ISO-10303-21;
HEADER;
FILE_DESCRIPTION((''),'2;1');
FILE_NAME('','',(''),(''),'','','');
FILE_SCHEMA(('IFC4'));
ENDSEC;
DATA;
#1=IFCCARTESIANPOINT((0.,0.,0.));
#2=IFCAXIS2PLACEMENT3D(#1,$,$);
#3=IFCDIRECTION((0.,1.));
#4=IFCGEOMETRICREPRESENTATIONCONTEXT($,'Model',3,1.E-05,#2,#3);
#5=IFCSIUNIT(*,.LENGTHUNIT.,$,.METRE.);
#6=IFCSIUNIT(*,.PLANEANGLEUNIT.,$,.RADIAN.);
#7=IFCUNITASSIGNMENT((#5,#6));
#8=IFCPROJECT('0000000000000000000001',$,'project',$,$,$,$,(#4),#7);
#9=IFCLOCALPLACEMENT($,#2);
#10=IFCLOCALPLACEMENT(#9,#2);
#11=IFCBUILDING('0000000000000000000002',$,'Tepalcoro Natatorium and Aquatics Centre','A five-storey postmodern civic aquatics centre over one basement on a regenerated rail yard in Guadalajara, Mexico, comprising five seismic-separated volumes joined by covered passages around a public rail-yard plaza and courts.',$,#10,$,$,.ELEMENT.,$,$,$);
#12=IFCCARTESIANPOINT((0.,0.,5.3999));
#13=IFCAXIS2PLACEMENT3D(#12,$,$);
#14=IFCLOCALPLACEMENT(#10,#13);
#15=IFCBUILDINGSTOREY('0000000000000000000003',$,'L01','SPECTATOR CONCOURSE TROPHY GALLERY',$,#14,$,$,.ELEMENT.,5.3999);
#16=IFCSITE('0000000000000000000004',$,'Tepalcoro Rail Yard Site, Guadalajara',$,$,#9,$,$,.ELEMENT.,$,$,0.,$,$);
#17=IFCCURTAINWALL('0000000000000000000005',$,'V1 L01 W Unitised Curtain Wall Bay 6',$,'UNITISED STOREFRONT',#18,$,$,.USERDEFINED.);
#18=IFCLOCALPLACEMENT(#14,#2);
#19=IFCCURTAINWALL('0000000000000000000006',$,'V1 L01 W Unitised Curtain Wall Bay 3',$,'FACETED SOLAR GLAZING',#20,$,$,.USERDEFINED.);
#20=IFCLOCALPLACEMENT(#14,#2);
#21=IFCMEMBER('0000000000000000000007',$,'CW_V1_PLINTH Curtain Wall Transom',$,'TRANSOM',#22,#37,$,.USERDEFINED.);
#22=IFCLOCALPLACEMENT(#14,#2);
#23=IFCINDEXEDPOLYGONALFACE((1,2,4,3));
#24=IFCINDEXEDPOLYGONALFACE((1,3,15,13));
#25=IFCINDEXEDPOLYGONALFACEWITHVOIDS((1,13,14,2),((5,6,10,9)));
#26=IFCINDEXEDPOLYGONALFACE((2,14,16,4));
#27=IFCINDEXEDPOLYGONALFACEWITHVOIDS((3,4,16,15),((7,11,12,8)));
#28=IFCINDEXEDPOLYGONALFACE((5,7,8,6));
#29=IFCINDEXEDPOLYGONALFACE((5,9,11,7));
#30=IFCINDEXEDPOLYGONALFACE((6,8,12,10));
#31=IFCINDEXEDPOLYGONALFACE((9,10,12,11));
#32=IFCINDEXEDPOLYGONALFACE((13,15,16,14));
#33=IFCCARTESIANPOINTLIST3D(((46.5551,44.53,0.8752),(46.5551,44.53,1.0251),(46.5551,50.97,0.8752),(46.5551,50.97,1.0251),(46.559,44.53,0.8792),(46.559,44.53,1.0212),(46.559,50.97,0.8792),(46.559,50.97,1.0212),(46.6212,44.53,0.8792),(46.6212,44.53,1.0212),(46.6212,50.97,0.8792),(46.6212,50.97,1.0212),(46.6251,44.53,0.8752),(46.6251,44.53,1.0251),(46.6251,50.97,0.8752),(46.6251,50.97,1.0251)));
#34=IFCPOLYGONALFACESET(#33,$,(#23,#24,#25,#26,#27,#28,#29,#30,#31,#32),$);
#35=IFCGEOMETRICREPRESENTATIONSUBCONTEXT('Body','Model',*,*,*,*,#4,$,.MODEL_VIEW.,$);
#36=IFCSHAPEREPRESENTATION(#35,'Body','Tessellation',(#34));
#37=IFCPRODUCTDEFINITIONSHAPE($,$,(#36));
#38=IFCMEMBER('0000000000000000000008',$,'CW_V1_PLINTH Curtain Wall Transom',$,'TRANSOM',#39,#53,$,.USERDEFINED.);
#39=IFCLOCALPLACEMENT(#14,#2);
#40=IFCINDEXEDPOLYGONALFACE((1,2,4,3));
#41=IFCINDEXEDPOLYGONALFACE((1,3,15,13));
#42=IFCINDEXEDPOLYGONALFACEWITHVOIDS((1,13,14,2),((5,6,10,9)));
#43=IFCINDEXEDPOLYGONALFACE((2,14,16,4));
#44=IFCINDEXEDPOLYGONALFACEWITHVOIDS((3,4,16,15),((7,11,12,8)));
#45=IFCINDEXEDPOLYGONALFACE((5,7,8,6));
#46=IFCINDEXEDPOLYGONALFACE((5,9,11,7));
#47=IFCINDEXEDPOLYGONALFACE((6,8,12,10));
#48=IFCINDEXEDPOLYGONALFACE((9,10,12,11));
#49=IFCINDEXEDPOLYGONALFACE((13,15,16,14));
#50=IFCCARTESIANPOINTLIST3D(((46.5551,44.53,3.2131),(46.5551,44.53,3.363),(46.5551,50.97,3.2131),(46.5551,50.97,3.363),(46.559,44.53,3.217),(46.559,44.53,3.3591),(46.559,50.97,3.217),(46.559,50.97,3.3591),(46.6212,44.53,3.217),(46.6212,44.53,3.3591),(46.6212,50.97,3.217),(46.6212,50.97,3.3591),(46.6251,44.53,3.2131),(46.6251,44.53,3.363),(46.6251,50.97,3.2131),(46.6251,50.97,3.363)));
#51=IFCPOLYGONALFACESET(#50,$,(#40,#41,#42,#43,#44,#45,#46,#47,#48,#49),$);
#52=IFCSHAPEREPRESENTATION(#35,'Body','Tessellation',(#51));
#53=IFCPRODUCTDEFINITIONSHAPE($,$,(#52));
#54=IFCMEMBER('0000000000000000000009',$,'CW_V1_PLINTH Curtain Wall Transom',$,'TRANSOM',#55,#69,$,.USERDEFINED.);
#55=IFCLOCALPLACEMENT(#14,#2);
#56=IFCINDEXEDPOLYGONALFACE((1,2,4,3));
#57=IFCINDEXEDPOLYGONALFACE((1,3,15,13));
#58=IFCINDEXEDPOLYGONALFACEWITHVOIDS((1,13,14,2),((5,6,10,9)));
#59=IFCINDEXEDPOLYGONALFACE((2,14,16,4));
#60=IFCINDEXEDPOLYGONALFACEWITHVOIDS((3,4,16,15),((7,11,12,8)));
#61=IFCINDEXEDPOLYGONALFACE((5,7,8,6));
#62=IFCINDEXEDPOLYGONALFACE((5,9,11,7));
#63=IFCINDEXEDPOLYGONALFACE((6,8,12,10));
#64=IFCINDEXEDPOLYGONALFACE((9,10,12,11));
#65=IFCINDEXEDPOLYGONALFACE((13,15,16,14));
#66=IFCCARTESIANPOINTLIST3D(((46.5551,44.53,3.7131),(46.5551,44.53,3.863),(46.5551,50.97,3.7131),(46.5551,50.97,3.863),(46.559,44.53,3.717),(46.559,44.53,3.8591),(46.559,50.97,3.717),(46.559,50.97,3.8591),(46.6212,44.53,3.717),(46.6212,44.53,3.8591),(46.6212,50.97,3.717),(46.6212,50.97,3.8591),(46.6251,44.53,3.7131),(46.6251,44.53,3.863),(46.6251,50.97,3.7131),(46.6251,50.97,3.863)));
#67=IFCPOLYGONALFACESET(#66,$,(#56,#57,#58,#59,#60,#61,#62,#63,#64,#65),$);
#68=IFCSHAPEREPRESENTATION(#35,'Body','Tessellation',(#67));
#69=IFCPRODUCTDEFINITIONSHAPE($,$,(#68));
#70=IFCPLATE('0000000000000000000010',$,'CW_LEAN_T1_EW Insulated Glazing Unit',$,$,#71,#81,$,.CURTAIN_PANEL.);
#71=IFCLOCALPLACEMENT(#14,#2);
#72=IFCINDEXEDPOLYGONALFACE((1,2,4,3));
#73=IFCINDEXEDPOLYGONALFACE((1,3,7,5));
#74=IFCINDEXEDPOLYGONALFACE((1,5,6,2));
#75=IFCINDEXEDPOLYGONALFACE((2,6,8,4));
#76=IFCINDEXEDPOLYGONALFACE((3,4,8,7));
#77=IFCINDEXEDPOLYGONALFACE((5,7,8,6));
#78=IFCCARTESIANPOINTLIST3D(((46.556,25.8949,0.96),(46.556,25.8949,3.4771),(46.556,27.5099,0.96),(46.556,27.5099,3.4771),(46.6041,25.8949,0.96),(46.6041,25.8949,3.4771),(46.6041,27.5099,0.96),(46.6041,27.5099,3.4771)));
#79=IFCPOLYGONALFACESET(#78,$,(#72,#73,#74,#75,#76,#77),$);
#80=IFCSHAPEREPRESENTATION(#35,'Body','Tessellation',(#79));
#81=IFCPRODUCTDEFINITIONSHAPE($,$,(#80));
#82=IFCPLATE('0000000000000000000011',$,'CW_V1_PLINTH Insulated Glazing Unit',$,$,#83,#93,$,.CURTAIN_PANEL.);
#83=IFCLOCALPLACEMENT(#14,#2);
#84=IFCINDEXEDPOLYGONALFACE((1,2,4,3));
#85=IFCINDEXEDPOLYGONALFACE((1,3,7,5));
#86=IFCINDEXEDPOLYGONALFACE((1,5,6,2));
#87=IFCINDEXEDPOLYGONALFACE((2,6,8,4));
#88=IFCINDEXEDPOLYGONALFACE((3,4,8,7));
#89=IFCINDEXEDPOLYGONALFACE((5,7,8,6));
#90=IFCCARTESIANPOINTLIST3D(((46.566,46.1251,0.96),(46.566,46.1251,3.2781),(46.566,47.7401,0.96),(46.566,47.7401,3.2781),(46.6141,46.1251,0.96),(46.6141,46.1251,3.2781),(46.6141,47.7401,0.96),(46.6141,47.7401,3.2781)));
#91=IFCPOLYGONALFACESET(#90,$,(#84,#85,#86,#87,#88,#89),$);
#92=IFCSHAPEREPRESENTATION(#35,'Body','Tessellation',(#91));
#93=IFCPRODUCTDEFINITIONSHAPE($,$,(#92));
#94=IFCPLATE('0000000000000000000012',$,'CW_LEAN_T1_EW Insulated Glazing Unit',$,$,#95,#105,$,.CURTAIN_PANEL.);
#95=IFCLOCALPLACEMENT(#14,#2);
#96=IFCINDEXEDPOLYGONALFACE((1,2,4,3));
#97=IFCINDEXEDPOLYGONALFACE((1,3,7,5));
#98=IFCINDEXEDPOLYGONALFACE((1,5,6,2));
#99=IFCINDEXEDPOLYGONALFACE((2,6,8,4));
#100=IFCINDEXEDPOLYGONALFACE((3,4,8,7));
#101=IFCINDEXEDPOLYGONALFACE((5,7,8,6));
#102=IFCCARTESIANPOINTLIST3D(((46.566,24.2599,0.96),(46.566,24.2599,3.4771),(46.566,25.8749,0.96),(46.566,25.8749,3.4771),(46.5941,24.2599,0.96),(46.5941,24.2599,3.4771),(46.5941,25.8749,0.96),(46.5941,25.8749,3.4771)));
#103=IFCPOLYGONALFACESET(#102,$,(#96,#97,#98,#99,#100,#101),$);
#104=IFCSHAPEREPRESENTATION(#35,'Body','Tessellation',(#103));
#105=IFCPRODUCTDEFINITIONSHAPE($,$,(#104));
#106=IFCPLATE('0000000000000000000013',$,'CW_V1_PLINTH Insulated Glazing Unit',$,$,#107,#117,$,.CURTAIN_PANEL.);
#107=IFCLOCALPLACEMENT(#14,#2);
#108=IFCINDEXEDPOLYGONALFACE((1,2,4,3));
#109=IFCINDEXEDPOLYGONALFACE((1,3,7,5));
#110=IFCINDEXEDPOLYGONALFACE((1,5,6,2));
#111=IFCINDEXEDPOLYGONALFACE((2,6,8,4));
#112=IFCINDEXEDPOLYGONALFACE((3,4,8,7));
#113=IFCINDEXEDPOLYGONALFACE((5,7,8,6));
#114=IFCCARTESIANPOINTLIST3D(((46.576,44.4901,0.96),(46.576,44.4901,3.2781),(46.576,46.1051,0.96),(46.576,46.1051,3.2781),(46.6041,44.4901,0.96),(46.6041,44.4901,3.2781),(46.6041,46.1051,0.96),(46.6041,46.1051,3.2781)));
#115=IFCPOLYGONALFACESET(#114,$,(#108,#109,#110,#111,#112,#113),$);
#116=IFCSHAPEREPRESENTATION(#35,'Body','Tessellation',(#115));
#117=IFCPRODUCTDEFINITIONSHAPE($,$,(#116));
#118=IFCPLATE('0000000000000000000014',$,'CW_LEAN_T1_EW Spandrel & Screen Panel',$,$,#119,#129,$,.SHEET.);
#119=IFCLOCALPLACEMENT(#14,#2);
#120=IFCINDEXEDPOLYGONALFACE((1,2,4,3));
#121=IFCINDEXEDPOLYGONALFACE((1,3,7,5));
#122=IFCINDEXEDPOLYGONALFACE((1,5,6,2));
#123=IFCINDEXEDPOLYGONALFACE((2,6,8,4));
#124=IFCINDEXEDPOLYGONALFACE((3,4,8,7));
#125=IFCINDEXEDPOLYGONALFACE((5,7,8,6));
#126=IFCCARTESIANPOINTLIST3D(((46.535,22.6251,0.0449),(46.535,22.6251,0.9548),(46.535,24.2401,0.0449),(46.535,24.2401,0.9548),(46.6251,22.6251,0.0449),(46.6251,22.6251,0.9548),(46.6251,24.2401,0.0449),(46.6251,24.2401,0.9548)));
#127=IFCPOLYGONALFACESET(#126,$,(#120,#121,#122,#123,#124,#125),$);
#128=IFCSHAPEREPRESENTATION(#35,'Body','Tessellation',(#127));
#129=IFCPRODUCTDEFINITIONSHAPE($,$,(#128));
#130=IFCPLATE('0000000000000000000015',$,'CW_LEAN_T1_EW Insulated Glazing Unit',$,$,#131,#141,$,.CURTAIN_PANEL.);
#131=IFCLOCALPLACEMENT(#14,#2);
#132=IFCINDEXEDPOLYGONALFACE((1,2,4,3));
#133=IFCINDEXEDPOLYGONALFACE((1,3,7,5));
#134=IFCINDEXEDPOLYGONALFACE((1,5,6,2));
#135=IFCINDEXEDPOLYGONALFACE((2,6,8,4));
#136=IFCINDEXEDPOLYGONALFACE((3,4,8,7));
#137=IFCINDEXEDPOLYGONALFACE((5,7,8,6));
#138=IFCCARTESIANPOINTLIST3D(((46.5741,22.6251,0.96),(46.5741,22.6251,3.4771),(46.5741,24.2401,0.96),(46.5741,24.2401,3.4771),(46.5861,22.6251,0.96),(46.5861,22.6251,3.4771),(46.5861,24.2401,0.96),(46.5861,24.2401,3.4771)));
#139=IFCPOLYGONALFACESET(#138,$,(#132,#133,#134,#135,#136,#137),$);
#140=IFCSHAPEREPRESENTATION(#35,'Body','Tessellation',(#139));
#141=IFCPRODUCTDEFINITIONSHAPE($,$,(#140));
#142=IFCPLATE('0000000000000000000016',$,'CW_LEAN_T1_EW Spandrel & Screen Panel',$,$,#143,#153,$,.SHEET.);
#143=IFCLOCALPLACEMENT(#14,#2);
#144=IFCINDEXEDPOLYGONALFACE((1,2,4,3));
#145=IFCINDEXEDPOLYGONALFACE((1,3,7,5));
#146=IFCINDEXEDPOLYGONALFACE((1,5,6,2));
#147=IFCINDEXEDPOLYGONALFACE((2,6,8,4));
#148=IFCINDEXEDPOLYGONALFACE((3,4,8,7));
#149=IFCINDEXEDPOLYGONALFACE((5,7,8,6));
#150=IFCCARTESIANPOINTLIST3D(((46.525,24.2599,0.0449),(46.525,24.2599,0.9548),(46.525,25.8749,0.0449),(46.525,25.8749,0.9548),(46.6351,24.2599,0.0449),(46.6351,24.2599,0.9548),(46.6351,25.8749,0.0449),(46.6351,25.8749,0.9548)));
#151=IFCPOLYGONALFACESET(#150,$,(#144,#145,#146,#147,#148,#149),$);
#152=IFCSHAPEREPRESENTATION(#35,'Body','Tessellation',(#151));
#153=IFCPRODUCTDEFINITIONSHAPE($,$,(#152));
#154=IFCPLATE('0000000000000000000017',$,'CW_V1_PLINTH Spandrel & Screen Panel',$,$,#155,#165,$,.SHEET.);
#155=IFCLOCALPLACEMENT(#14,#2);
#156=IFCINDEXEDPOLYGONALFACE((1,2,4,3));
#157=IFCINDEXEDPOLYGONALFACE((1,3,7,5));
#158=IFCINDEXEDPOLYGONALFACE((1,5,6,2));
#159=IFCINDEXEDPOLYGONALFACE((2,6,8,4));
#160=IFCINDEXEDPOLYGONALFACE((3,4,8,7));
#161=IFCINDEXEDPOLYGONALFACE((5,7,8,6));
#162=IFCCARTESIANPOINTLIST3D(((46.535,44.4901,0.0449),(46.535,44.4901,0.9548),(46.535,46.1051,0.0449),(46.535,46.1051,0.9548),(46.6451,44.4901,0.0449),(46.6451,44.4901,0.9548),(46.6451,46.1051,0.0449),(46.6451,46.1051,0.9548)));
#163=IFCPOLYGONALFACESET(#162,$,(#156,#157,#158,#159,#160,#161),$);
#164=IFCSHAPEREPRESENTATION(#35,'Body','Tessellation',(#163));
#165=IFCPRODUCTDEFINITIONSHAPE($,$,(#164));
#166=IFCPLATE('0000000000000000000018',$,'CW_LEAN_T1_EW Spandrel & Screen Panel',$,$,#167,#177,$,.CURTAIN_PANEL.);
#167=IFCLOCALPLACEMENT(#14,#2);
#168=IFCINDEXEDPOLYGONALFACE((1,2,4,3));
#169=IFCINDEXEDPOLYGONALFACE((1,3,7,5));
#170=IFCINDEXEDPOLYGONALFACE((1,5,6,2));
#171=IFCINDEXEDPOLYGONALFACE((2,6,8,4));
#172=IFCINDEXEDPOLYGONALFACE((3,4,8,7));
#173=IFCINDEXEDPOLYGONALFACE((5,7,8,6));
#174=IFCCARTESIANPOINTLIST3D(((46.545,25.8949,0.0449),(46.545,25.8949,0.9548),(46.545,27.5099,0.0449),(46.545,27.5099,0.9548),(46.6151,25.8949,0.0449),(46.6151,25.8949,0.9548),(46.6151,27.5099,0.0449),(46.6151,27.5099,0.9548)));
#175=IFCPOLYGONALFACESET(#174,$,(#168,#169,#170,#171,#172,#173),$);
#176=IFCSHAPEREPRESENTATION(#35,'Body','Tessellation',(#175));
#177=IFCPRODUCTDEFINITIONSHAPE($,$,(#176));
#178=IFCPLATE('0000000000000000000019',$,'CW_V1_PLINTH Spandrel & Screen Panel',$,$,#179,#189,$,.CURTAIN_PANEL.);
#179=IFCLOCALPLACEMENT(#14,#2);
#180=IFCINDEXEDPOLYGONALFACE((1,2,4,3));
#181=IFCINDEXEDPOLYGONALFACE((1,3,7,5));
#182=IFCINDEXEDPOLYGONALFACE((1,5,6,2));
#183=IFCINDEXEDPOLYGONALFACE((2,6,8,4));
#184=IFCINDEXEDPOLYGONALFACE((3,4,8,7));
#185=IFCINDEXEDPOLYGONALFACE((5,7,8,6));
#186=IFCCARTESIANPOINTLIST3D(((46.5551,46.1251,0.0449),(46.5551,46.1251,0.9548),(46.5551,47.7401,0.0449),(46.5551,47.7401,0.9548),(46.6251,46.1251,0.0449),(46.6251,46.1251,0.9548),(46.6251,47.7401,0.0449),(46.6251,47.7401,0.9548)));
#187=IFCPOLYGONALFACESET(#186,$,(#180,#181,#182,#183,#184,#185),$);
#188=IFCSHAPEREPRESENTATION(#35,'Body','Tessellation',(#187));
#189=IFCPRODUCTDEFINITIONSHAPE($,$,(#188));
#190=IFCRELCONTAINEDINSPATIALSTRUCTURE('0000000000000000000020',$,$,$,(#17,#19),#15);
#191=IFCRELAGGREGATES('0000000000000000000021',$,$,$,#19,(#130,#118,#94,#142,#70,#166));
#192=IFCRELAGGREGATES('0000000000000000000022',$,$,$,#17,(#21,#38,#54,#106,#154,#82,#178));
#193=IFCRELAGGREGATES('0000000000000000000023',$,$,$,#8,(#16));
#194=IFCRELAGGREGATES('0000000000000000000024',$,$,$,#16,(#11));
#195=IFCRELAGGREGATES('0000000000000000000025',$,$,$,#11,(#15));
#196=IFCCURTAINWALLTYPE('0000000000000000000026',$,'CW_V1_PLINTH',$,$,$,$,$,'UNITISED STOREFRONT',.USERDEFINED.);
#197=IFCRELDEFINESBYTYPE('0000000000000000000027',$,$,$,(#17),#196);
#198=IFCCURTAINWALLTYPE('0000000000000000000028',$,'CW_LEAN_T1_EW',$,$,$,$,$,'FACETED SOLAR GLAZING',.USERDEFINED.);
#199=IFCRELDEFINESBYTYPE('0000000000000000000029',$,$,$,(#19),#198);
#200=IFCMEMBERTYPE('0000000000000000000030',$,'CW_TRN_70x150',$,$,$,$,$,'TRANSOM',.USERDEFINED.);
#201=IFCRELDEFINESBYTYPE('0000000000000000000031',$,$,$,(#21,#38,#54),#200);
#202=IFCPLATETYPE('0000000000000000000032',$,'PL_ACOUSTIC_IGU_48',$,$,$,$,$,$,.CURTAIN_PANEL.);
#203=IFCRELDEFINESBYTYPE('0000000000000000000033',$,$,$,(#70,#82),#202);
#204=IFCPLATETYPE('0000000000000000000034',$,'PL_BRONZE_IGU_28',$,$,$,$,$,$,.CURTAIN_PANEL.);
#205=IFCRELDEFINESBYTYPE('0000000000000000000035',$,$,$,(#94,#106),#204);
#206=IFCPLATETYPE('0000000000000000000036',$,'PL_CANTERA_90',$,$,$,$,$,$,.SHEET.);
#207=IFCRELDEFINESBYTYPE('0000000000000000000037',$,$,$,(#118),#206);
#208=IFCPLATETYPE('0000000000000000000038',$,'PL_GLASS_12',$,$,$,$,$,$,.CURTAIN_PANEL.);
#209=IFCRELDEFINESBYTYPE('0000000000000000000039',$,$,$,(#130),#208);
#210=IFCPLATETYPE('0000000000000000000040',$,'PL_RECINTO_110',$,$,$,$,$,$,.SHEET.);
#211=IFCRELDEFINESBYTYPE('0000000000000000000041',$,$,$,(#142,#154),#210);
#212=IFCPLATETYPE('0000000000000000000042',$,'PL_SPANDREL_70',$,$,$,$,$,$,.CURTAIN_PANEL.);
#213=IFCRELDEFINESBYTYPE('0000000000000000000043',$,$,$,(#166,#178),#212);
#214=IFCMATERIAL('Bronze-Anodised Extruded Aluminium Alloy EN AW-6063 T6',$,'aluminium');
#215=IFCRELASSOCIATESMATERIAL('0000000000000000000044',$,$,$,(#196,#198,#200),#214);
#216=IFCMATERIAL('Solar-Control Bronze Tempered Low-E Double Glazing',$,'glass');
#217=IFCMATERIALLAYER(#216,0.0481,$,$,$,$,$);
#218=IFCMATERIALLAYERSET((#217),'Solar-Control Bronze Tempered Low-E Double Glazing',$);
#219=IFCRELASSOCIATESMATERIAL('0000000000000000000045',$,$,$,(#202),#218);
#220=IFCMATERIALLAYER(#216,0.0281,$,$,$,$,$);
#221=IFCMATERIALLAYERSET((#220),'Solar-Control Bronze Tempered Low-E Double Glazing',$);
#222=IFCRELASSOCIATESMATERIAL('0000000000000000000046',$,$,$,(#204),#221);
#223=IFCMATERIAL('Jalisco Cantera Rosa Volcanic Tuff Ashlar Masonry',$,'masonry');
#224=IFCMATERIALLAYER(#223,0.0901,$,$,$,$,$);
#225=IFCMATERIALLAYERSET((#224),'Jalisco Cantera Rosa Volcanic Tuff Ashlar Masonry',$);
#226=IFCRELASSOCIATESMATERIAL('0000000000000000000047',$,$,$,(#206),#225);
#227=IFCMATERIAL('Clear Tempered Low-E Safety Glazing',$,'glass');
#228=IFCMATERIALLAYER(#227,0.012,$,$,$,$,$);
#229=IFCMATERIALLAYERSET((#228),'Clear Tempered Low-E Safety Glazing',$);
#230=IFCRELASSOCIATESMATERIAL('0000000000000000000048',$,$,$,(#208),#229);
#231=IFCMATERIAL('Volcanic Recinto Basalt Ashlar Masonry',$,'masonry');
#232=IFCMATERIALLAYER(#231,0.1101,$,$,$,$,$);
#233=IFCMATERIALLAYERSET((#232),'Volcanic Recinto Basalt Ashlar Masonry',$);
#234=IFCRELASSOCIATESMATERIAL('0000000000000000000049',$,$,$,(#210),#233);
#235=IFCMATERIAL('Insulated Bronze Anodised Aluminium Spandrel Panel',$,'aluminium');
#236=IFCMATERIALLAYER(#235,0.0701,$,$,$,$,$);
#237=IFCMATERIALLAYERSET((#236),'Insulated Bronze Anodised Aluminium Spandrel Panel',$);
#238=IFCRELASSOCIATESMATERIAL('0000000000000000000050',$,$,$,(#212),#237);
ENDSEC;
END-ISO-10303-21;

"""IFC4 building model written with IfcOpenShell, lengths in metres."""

from ifc_helpers import new_model, si_unit, direction, frame, origin, origin_2d, place, context, subcontext, project, spatial, rectangle, hollow_rectangle, extrude, material, layer, layer_set, material_profile, profile_set, type_object, element, aggregate, save


model = new_model("IFC4")

# Units and contexts
model_context = context("Model", 3, precision=1e-05, world=origin(), true_north=direction((0.0, 1.0)))
body_context = subcontext(model_context, "Body", "Model", "MODEL_VIEW")
ifc_project = project(units=[si_unit("LENGTHUNIT", "METRE"), si_unit("PLANEANGLEUNIT", "RADIAN")], contexts=[model_context])

# Site, building, storey
site_placement = place(None, origin())
site = spatial("IfcSite", under=ifc_project, at=site_placement, Name="Tepalcoro Rail Yard Site, Guadalajara", CompositionType="ELEMENT", RefElevation=0.0)
building_placement = place(site_placement, origin())
building = spatial("IfcBuilding", under=site, at=building_placement, Name="Tepalcoro Natatorium and Aquatics Centre", Description="A five-storey postmodern civic aquatics centre over one basement on a regenerated rail yard in Guadalajara, Mexico, comprising five seismic-separated volumes joined by covered passages around a public rail-yard plaza and courts.", CompositionType="ELEMENT")
storey_placement = place(building_placement, frame((0.0, 0.0, 5.3999)))
storey = spatial("IfcBuildingStorey", under=building, at=storey_placement, Name="L01", Description="SPECTATOR CONCOURSE TROPHY GALLERY", CompositionType="ELEMENT", Elevation=5.3999)

# Curtain walls
ifc_material_1 = material(Name="Bronze-Anodised Extruded Aluminium Alloy EN AW-6063 T6", Category="aluminium")
curtain_wall_type_1 = type_object("IfcCurtainWallType", Name="CW_V1_PLINTH", ElementType="UNITISED STOREFRONT", PredefinedType="USERDEFINED", material=ifc_material_1)
curtain_wall_1_placement = place(storey_placement, origin())
curtain_wall_1 = element("IfcCurtainWall", 1, at=curtain_wall_1_placement, inside=storey, type_object=curtain_wall_type_1, Name="V1 L01 W Unitised Curtain Wall Bay 6", ObjectType="UNITISED STOREFRONT", PredefinedType="USERDEFINED")
curtain_wall_type_2 = type_object("IfcCurtainWallType", Name="CW_LEAN_T1_EW", ElementType="FACETED SOLAR GLAZING", PredefinedType="USERDEFINED", material=ifc_material_1)
curtain_wall_2_placement = place(storey_placement, origin())
curtain_wall_2 = element("IfcCurtainWall", 2, at=curtain_wall_2_placement, inside=storey, type_object=curtain_wall_type_2, Name="V1 L01 W Unitised Curtain Wall Bay 3", ObjectType="FACETED SOLAR GLAZING", PredefinedType="USERDEFINED")

# Members
ifc_material_profile_1 = material_profile(ifc_material_1, hollow_rectangle(XDim=0.0701, YDim=0.1499, WallThickness=0.0039, at=origin_2d()), Name="AL70X150X4")
ifc_profile_set_1 = profile_set([ifc_material_profile_1], Name="Bronze-Anodised Extruded Aluminium Alloy EN AW-6063 T6")
member_type_1 = type_object("IfcMemberType", Name="CW_TRN_70x150", ElementType="TRANSOM", PredefinedType="USERDEFINED", material=ifc_profile_set_1)
member_1_placement = place(storey_placement, frame((46.5901, 44.53, 0.9502), z_axis=(0.0, 1.0, 0.0), x_axis=(-1.0, 0.0, 0.0)))
member_1 = element("IfcMember", 3, at=member_1_placement, type_object=member_type_1, Name="CW_V1_PLINTH Curtain Wall Transom", ObjectType="TRANSOM", PredefinedType="USERDEFINED", context=body_context, shape_type="SweptSolid", body=[
    extrude(hollow_rectangle(XDim=0.0701, YDim=0.1499, WallThickness=0.0039, at=origin_2d()), origin(), (0.0, 0.0, 1.0), 6.4399),
])
member_2_placement = place(storey_placement, frame((46.5901, 44.53, 3.2881), z_axis=(0.0, 1.0, 0.0), x_axis=(-1.0, 0.0, 0.0)))
member_2 = element("IfcMember", 4, at=member_2_placement, type_object=member_type_1, Name="CW_V1_PLINTH Curtain Wall Transom", ObjectType="TRANSOM", PredefinedType="USERDEFINED", context=body_context, shape_type="SweptSolid", body=[
    extrude(hollow_rectangle(XDim=0.0701, YDim=0.1499, WallThickness=0.0039, at=origin_2d()), origin(), (0.0, 0.0, 1.0), 6.4399),
])
member_3_placement = place(storey_placement, frame((46.5901, 44.53, 3.7881), z_axis=(0.0, 1.0, 0.0), x_axis=(-1.0, 0.0, 0.0)))
member_3 = element("IfcMember", 5, at=member_3_placement, type_object=member_type_1, Name="CW_V1_PLINTH Curtain Wall Transom", ObjectType="TRANSOM", PredefinedType="USERDEFINED", context=body_context, shape_type="SweptSolid", body=[
    extrude(hollow_rectangle(XDim=0.0701, YDim=0.1499, WallThickness=0.0039, at=origin_2d()), origin(), (0.0, 0.0, 1.0), 6.4399),
])

# Plates
ifc_material_2 = material(Name="Solar-Control Bronze Tempered Low-E Double Glazing", Category="glass")
ifc_layer_1 = layer(ifc_material_2, 0.0481)
ifc_layer_set_1 = layer_set([ifc_layer_1], Name="Solar-Control Bronze Tempered Low-E Double Glazing")
plate_type_1 = type_object("IfcPlateType", Name="PL_ACOUSTIC_IGU_48", PredefinedType="CURTAIN_PANEL", material=ifc_layer_set_1)
plate_1_placement = place(storey_placement, frame((46.5801, 26.7024, 0.96), z_axis=(0.0, 0.0, 1.0), x_axis=(1.0, 0.0, 0.0)))
plate_1 = element("IfcPlate", 6, at=plate_1_placement, type_object=plate_type_1, Name="CW_LEAN_T1_EW Insulated Glazing Unit", PredefinedType="CURTAIN_PANEL", context=body_context, shape_type="SweptSolid", body=[
    extrude(rectangle(XDim=0.0481, YDim=1.615, at=origin_2d()), origin(), (0.0, 0.0, 1.0), 2.5171),
])
plate_2_placement = place(storey_placement, frame((46.5901, 46.9326, 0.96), z_axis=(0.0, 0.0, 1.0), x_axis=(1.0, 0.0, 0.0)))
plate_2 = element("IfcPlate", 7, at=plate_2_placement, type_object=plate_type_1, Name="CW_V1_PLINTH Insulated Glazing Unit", PredefinedType="CURTAIN_PANEL", context=body_context, shape_type="SweptSolid", body=[
    extrude(rectangle(XDim=0.0481, YDim=1.615, at=origin_2d()), origin(), (0.0, 0.0, 1.0), 2.3181),
])
ifc_layer_2 = layer(ifc_material_2, 0.0281)
ifc_layer_set_2 = layer_set([ifc_layer_2], Name="Solar-Control Bronze Tempered Low-E Double Glazing")
plate_type_2 = type_object("IfcPlateType", Name="PL_BRONZE_IGU_28", PredefinedType="CURTAIN_PANEL", material=ifc_layer_set_2)
plate_3_placement = place(storey_placement, frame((46.5801, 25.0674, 0.96), z_axis=(0.0, 0.0, 1.0), x_axis=(1.0, 0.0, 0.0)))
plate_3 = element("IfcPlate", 8, at=plate_3_placement, type_object=plate_type_2, Name="CW_LEAN_T1_EW Insulated Glazing Unit", PredefinedType="CURTAIN_PANEL", context=body_context, shape_type="SweptSolid", body=[
    extrude(rectangle(XDim=0.0281, YDim=1.615, at=origin_2d()), origin(), (0.0, 0.0, 1.0), 2.5171),
])
plate_4_placement = place(storey_placement, frame((46.5901, 45.2976, 0.96), z_axis=(0.0, 0.0, 1.0), x_axis=(1.0, 0.0, 0.0)))
plate_4 = element("IfcPlate", 9, at=plate_4_placement, type_object=plate_type_2, Name="CW_V1_PLINTH Insulated Glazing Unit", PredefinedType="CURTAIN_PANEL", context=body_context, shape_type="SweptSolid", body=[
    extrude(rectangle(XDim=0.0281, YDim=1.615, at=origin_2d()), origin(), (0.0, 0.0, 1.0), 2.3181),
])
ifc_material_3 = material(Name="Jalisco Cantera Rosa Volcanic Tuff Ashlar Masonry", Category="masonry")
ifc_layer_3 = layer(ifc_material_3, 0.0901)
ifc_layer_set_3 = layer_set([ifc_layer_3], Name="Jalisco Cantera Rosa Volcanic Tuff Ashlar Masonry")
plate_type_3 = type_object("IfcPlateType", Name="PL_CANTERA_90", PredefinedType="SHEET", material=ifc_layer_set_3)
plate_5_placement = place(storey_placement, frame((46.5801, 23.4326, 0.0449), z_axis=(0.0, 0.0, 1.0), x_axis=(1.0, 0.0, 0.0)))
plate_5 = element("IfcPlate", 10, at=plate_5_placement, type_object=plate_type_3, Name="CW_LEAN_T1_EW Spandrel & Screen Panel", PredefinedType="SHEET", context=body_context, shape_type="SweptSolid", body=[
    extrude(rectangle(XDim=0.0901, YDim=1.615, at=origin_2d()), origin(), (0.0, 0.0, 1.0), 0.9099),
])
ifc_material_4 = material(Name="Clear Tempered Low-E Safety Glazing", Category="glass")
ifc_layer_4 = layer(ifc_material_4, 0.012)
ifc_layer_set_4 = layer_set([ifc_layer_4], Name="Clear Tempered Low-E Safety Glazing")
plate_type_4 = type_object("IfcPlateType", Name="PL_GLASS_12", PredefinedType="CURTAIN_PANEL", material=ifc_layer_set_4)
plate_6_placement = place(storey_placement, frame((46.5801, 23.4326, 0.96), z_axis=(0.0, 0.0, 1.0), x_axis=(1.0, 0.0, 0.0)))
plate_6 = element("IfcPlate", 11, at=plate_6_placement, type_object=plate_type_4, Name="CW_LEAN_T1_EW Insulated Glazing Unit", PredefinedType="CURTAIN_PANEL", context=body_context, shape_type="SweptSolid", body=[
    extrude(rectangle(XDim=0.012, YDim=1.615, at=origin_2d()), origin(), (0.0, 0.0, 1.0), 2.5171),
])
ifc_material_5 = material(Name="Volcanic Recinto Basalt Ashlar Masonry", Category="masonry")
ifc_layer_5 = layer(ifc_material_5, 0.1101)
ifc_layer_set_5 = layer_set([ifc_layer_5], Name="Volcanic Recinto Basalt Ashlar Masonry")
plate_type_5 = type_object("IfcPlateType", Name="PL_RECINTO_110", PredefinedType="SHEET", material=ifc_layer_set_5)
plate_7_placement = place(storey_placement, frame((46.5801, 25.0674, 0.0449), z_axis=(0.0, 0.0, 1.0), x_axis=(1.0, 0.0, 0.0)))
plate_7 = element("IfcPlate", 12, at=plate_7_placement, type_object=plate_type_5, Name="CW_LEAN_T1_EW Spandrel & Screen Panel", PredefinedType="SHEET", context=body_context, shape_type="SweptSolid", body=[
    extrude(rectangle(XDim=0.1101, YDim=1.615, at=origin_2d()), origin(), (0.0, 0.0, 1.0), 0.9099),
])
plate_8_placement = place(storey_placement, frame((46.5901, 45.2976, 0.0449), z_axis=(0.0, 0.0, 1.0), x_axis=(1.0, 0.0, 0.0)))
plate_8 = element("IfcPlate", 13, at=plate_8_placement, type_object=plate_type_5, Name="CW_V1_PLINTH Spandrel & Screen Panel", PredefinedType="SHEET", context=body_context, shape_type="SweptSolid", body=[
    extrude(rectangle(XDim=0.1101, YDim=1.615, at=origin_2d()), origin(), (0.0, 0.0, 1.0), 0.9099),
])
ifc_material_6 = material(Name="Insulated Bronze Anodised Aluminium Spandrel Panel", Category="aluminium")
ifc_layer_6 = layer(ifc_material_6, 0.0701)
ifc_layer_set_6 = layer_set([ifc_layer_6], Name="Insulated Bronze Anodised Aluminium Spandrel Panel")
plate_type_6 = type_object("IfcPlateType", Name="PL_SPANDREL_70", PredefinedType="CURTAIN_PANEL", material=ifc_layer_set_6)
plate_9_placement = place(storey_placement, frame((46.5801, 26.7024, 0.0449), z_axis=(0.0, 0.0, 1.0), x_axis=(1.0, 0.0, 0.0)))
plate_9 = element("IfcPlate", 14, at=plate_9_placement, type_object=plate_type_6, Name="CW_LEAN_T1_EW Spandrel & Screen Panel", PredefinedType="CURTAIN_PANEL", context=body_context, shape_type="SweptSolid", body=[
    extrude(rectangle(XDim=0.0701, YDim=1.615, at=origin_2d()), origin(), (0.0, 0.0, 1.0), 0.9099),
])
aggregate(curtain_wall_2, [plate_6, plate_5, plate_3, plate_7, plate_1, plate_9])
plate_10_placement = place(storey_placement, frame((46.5901, 46.9326, 0.0449), z_axis=(0.0, 0.0, 1.0), x_axis=(1.0, 0.0, 0.0)))
plate_10 = element("IfcPlate", 15, at=plate_10_placement, type_object=plate_type_6, Name="CW_V1_PLINTH Spandrel & Screen Panel", PredefinedType="CURTAIN_PANEL", context=body_context, shape_type="SweptSolid", body=[
    extrude(rectangle(XDim=0.0701, YDim=1.615, at=origin_2d()), origin(), (0.0, 0.0, 1.0), 0.9099),
])
aggregate(curtain_wall_1, [member_1, member_2, member_3, plate_4, plate_8, plate_2, plate_10])

save(model, "model.ifc")
